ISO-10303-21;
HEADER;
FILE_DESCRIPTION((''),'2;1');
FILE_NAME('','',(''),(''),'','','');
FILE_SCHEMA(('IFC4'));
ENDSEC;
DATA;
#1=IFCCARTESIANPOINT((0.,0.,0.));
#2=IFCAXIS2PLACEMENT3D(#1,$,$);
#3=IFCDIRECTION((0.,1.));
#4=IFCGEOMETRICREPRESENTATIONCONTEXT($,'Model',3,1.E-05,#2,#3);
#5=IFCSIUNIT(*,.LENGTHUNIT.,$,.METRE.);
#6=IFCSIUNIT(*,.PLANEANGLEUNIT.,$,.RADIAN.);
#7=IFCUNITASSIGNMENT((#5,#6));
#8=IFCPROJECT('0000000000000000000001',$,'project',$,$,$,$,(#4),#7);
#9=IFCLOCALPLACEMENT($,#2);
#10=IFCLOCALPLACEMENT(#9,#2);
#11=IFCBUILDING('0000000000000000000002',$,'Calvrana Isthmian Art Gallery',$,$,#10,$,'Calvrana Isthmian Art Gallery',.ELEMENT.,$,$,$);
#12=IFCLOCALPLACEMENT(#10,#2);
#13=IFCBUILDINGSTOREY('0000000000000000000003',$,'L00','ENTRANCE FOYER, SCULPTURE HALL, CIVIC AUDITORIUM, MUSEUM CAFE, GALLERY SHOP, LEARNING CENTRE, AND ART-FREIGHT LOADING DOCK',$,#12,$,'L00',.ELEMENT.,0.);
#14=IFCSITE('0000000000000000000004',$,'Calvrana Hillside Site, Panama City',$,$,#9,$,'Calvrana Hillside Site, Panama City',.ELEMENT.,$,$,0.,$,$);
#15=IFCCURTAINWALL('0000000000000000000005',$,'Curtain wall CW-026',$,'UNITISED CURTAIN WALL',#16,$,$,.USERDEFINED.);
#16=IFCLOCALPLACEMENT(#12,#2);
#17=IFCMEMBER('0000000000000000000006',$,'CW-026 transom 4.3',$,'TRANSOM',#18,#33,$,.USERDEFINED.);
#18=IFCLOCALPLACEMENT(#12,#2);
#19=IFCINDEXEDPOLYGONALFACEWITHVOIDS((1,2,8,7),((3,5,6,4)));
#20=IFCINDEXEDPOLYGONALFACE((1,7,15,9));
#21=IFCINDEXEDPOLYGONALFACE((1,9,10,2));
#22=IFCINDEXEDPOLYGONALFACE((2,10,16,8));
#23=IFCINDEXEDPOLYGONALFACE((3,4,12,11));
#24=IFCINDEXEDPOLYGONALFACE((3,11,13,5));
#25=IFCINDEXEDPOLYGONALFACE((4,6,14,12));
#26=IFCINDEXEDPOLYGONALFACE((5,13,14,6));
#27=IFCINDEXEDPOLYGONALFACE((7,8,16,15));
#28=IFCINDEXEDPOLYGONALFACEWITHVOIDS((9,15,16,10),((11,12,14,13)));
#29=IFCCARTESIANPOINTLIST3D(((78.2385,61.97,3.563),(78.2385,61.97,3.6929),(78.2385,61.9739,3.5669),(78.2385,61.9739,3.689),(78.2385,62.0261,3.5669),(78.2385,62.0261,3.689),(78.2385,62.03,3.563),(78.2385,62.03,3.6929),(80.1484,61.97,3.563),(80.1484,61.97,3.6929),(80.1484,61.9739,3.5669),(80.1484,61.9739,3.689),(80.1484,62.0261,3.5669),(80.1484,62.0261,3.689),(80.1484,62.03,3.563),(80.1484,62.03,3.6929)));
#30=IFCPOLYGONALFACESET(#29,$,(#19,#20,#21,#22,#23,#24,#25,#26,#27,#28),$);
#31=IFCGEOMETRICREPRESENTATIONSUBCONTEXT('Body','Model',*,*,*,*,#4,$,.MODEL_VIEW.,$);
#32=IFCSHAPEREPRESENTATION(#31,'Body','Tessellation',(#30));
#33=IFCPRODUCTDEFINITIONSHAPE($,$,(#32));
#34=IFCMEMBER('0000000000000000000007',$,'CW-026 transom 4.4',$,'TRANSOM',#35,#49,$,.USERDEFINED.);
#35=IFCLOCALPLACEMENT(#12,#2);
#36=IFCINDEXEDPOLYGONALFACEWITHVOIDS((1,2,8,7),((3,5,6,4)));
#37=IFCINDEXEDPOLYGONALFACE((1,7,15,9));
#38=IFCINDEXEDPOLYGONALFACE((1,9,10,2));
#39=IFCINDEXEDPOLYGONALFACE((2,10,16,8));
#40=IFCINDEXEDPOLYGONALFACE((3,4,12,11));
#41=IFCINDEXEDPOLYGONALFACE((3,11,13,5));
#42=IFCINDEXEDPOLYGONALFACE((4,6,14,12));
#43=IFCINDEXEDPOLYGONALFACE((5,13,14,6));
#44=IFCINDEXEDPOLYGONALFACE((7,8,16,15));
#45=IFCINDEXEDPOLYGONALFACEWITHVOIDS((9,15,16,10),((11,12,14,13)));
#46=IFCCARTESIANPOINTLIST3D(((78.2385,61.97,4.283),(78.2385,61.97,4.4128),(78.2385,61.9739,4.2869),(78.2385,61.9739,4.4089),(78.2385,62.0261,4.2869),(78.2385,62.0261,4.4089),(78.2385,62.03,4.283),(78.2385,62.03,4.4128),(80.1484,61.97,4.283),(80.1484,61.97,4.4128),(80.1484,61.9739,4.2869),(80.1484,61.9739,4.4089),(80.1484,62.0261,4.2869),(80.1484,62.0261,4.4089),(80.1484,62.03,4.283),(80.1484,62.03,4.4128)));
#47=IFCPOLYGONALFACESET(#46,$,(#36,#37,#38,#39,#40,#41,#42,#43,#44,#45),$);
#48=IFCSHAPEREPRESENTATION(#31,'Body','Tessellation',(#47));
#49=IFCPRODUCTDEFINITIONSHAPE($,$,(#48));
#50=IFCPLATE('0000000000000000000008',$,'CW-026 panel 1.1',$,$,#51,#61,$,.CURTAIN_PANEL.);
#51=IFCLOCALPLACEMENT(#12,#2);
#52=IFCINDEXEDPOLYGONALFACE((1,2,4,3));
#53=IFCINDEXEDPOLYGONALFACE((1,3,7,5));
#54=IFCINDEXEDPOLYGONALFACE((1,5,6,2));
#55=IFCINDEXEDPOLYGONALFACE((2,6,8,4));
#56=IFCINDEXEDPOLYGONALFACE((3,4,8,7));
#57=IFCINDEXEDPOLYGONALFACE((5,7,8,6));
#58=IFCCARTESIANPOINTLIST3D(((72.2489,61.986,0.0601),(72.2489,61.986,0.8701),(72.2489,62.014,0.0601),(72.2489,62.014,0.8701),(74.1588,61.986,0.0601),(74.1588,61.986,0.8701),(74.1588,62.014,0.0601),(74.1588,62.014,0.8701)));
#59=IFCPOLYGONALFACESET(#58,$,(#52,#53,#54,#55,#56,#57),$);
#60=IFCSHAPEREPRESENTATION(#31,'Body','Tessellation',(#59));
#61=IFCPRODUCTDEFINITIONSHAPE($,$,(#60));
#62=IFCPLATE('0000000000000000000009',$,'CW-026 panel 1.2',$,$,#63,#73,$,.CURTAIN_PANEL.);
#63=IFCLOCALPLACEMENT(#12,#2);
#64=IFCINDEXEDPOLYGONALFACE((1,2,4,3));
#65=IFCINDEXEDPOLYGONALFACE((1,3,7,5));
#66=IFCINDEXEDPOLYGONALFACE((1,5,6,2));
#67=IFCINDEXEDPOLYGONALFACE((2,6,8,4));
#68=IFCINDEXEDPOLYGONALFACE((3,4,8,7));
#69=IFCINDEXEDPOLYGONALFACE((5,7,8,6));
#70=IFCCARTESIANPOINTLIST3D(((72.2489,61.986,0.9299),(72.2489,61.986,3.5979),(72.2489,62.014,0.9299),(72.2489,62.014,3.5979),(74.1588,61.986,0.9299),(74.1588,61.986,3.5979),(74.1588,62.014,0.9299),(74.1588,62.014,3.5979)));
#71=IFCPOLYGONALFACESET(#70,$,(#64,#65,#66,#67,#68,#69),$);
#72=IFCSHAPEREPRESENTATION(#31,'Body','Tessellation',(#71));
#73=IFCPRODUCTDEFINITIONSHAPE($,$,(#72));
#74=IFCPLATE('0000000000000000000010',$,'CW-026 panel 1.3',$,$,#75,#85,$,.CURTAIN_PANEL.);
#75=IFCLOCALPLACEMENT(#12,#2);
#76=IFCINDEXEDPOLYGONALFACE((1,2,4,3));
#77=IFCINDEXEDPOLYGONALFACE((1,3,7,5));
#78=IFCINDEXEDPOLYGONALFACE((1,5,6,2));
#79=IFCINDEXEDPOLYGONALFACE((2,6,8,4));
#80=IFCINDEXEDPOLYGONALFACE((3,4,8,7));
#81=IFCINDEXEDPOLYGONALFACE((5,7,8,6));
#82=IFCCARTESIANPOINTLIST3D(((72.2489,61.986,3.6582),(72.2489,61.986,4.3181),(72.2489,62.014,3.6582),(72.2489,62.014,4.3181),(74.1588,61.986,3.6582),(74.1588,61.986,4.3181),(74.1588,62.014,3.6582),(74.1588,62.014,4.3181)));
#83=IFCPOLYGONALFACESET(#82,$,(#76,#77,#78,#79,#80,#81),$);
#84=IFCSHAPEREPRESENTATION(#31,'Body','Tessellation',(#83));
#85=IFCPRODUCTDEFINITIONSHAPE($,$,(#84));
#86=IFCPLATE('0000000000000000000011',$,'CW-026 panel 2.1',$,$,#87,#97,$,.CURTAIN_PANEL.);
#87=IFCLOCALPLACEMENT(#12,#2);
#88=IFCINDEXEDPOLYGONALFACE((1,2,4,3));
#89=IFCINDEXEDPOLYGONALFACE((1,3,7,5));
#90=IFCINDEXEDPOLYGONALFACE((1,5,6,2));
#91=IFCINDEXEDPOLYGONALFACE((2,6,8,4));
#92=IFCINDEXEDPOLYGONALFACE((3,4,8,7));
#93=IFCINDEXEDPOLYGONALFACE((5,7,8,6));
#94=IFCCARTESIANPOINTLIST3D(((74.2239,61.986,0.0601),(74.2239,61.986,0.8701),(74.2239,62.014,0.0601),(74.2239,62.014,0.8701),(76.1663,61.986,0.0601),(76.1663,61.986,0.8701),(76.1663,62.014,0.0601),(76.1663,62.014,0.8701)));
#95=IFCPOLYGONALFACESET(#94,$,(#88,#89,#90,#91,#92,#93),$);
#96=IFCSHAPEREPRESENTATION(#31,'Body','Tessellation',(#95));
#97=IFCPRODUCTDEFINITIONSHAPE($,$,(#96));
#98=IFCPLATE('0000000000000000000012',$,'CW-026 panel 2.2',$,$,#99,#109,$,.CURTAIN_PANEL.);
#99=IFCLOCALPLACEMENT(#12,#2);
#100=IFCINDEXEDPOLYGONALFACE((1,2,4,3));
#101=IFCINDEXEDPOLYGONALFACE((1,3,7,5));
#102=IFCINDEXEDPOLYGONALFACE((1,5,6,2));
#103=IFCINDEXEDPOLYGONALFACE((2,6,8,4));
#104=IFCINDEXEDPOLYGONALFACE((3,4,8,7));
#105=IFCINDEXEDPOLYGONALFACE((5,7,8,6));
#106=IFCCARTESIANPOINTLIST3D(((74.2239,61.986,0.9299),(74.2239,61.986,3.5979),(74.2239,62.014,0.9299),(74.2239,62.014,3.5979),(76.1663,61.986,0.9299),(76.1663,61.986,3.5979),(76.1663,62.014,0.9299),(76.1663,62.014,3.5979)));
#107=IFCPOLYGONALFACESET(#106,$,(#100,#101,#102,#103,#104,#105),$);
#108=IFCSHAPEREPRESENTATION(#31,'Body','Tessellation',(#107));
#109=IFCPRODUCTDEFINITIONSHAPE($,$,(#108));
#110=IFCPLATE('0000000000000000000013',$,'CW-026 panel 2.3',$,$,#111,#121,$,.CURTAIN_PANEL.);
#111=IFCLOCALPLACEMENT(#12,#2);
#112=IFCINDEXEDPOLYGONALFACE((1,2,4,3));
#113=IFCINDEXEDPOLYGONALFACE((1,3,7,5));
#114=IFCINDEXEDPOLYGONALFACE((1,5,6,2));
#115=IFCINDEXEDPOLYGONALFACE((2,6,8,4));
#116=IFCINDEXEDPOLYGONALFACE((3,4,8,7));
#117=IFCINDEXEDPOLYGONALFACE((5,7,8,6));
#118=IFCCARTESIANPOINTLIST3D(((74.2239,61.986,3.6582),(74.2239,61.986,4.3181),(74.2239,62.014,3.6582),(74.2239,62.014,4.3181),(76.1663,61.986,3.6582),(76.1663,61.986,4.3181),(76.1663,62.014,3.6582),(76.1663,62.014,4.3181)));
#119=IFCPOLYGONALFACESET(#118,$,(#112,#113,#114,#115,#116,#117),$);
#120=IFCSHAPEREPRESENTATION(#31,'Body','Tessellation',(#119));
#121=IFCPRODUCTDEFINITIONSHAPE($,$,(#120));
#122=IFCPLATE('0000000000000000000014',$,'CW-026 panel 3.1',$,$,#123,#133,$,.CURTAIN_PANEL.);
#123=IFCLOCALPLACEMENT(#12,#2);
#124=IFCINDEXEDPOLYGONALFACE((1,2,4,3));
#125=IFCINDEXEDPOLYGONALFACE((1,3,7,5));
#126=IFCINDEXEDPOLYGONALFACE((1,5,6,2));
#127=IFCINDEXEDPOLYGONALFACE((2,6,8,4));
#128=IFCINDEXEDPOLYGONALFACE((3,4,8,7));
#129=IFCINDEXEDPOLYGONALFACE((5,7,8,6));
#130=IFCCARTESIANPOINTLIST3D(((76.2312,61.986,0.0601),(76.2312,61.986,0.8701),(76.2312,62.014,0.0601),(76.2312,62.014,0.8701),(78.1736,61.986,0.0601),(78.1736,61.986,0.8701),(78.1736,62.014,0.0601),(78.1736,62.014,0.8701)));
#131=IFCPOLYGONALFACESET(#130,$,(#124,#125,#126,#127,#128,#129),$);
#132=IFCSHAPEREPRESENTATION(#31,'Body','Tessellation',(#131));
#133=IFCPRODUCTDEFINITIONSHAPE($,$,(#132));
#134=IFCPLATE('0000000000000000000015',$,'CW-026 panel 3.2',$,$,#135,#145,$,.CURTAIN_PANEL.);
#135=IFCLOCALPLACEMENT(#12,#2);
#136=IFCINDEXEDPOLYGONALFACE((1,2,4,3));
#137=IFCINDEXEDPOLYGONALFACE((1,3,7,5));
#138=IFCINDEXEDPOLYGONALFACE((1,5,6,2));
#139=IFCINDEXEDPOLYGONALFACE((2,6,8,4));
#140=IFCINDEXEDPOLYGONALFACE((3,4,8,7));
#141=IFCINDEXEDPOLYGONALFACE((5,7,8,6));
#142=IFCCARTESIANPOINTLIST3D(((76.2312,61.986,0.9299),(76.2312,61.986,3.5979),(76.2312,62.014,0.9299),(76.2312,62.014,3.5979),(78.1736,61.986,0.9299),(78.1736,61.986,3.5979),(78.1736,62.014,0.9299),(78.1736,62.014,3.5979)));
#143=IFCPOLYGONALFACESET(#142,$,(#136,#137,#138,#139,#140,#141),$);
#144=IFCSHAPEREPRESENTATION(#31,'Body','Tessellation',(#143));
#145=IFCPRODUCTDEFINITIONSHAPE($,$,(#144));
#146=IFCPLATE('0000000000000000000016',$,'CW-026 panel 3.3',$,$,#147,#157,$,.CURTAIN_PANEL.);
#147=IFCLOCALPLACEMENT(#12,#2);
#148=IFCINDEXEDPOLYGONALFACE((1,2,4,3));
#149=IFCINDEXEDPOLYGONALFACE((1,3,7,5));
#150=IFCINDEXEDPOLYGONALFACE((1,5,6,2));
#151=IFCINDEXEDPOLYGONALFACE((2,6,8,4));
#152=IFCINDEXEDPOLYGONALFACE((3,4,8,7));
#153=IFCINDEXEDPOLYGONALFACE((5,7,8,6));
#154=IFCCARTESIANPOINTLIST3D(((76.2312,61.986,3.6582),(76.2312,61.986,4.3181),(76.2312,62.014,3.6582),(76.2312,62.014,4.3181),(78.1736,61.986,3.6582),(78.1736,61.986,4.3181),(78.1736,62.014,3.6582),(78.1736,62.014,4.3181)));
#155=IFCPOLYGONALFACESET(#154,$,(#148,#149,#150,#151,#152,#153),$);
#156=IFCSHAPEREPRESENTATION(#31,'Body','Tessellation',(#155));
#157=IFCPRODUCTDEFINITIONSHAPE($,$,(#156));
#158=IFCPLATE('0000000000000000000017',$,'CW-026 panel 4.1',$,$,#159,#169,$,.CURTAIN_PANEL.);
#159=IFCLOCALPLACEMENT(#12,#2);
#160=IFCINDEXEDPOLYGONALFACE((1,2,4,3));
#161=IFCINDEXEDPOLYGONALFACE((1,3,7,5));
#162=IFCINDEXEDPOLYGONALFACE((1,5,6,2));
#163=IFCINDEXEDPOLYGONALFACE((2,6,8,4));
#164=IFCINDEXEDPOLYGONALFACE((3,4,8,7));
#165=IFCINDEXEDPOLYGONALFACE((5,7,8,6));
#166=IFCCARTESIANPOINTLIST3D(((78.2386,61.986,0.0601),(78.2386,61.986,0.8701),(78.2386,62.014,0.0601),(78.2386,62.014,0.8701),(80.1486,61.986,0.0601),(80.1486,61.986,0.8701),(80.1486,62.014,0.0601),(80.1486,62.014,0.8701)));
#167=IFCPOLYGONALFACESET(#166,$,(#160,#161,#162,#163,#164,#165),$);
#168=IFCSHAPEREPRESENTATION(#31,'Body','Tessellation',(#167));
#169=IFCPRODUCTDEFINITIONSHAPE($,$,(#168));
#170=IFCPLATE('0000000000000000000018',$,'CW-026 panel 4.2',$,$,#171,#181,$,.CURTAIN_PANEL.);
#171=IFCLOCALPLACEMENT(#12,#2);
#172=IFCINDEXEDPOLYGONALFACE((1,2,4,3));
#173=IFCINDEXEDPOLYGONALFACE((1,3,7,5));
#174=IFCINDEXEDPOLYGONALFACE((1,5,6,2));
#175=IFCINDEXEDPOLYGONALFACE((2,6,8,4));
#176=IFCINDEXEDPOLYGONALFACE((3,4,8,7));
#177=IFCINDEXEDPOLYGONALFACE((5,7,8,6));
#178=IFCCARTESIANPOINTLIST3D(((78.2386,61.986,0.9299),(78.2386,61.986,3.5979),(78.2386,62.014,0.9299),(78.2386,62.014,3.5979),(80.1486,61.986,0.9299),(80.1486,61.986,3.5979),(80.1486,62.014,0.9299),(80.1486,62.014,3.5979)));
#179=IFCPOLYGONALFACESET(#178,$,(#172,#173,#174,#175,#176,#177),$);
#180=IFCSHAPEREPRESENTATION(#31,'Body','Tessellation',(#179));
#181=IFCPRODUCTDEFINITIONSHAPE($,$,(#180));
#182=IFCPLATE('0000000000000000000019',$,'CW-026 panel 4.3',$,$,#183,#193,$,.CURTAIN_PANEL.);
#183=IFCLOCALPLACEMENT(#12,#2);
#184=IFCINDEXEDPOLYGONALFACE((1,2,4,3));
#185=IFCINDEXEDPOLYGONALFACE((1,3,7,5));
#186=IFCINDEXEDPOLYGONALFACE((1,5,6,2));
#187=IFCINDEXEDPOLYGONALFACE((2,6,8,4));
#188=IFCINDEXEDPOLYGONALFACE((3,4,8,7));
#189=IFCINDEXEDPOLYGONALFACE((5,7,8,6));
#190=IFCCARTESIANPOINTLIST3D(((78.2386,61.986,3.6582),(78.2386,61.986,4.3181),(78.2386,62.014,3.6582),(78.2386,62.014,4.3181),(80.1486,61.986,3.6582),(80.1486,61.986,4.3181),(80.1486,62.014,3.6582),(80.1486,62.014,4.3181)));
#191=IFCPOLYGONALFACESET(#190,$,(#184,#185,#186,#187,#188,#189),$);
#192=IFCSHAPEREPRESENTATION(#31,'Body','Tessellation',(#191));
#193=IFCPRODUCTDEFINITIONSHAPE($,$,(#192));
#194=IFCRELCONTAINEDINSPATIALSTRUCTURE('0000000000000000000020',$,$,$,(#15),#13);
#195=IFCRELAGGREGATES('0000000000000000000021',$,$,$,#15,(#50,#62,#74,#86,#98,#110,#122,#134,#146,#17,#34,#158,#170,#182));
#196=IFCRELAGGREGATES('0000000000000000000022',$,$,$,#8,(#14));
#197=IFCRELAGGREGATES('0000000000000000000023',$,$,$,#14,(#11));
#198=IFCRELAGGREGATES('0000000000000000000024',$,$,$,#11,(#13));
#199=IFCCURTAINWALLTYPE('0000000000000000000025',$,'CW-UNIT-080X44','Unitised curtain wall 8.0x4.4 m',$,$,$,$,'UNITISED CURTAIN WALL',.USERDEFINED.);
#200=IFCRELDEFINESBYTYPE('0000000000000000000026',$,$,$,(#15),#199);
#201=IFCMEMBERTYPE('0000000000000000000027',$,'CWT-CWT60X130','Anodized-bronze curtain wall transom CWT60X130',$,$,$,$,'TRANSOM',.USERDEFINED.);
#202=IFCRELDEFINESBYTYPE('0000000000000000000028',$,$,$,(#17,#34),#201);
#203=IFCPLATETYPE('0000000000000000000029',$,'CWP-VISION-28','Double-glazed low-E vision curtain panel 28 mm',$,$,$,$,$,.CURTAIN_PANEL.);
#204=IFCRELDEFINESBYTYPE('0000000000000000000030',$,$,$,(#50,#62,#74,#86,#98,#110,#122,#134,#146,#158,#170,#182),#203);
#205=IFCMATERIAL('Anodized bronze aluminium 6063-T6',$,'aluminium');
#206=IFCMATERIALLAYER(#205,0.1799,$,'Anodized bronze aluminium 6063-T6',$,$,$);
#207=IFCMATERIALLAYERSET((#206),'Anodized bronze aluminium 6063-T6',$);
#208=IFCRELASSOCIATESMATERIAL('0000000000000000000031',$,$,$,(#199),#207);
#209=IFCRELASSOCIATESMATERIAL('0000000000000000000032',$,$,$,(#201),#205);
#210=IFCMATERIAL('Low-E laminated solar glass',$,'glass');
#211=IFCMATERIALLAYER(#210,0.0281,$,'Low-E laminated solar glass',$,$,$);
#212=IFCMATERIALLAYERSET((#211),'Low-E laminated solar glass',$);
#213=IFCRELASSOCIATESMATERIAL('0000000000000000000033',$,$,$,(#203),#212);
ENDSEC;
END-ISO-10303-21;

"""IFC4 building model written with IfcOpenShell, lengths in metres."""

from ifc_helpers import new_model, si_unit, direction, frame, origin, origin_2d, place, context, subcontext, project, spatial, rectangle, hollow_rectangle, extrude, material, layer, layer_set, material_profile, profile_set, type_object, element, aggregate, save


model = new_model("IFC4")

# Units and contexts
model_context = context("Model", 3, precision=1e-05, world=origin(), true_north=direction((0.0, 1.0)))
body_context = subcontext(model_context, "Body", "Model", "MODEL_VIEW")
ifc_project = project(units=[si_unit("LENGTHUNIT", "METRE"), si_unit("PLANEANGLEUNIT", "RADIAN")], contexts=[model_context])

# Site, building, storey
site_placement = place(None, origin())
site = spatial("IfcSite", under=ifc_project, at=site_placement, Name="Calvrana Hillside Site, Panama City", LongName="Calvrana Hillside Site, Panama City", CompositionType="ELEMENT", RefElevation=0.0)
building_placement = place(site_placement, origin())
building = spatial("IfcBuilding", under=site, at=building_placement, Name="Calvrana Isthmian Art Gallery", LongName="Calvrana Isthmian Art Gallery", CompositionType="ELEMENT")
storey_placement = place(building_placement, origin())
storey = spatial("IfcBuildingStorey", under=building, at=storey_placement, Name="L00", Description="ENTRANCE FOYER, SCULPTURE HALL, CIVIC AUDITORIUM, MUSEUM CAFE, GALLERY SHOP, LEARNING CENTRE, AND ART-FREIGHT LOADING DOCK", LongName="L00", CompositionType="ELEMENT", Elevation=0.0)

# Curtain wall, members, plates
ifc_material_1 = material(Name="Anodized bronze aluminium 6063-T6", Category="aluminium")
ifc_layer_1 = layer(ifc_material_1, 0.1799, Name="Anodized bronze aluminium 6063-T6")
ifc_layer_set_1 = layer_set([ifc_layer_1], Name="Anodized bronze aluminium 6063-T6")
curtain_wall_type = type_object("IfcCurtainWallType", Name="CW-UNIT-080X44", Description="Unitised curtain wall 8.0x4.4 m", ElementType="UNITISED CURTAIN WALL", PredefinedType="USERDEFINED", material=ifc_layer_set_1)
curtain_wall_placement = place(storey_placement, origin())
curtain_wall = element("IfcCurtainWall", 1, at=curtain_wall_placement, inside=storey, type_object=curtain_wall_type, Name="Curtain wall CW-026", ObjectType="UNITISED CURTAIN WALL", PredefinedType="USERDEFINED")
ifc_material_profile_1 = material_profile(ifc_material_1, hollow_rectangle(XDim=0.0601, YDim=0.1299, WallThickness=0.0039, at=origin_2d()), Name="CWT60X130")
ifc_profile_set_1 = profile_set([ifc_material_profile_1], Name="Anodized bronze aluminium 6063-T6")
member_type_1 = type_object("IfcMemberType", Name="CWT-CWT60X130", Description="Anodized-bronze curtain wall transom CWT60X130", ElementType="TRANSOM", PredefinedType="USERDEFINED", material=ifc_profile_set_1)
member_1_placement = place(storey_placement, frame((78.2385, 62.0, 3.6279), z_axis=(1.0, 0.0, 0.0), x_axis=(0.0, 1.0, 0.0)))
member_1 = element("IfcMember", 2, at=member_1_placement, type_object=member_type_1, Name="CW-026 transom 4.3", ObjectType="TRANSOM", PredefinedType="USERDEFINED", context=body_context, shape_type="SweptSolid", body=[
    extrude(hollow_rectangle(XDim=0.0601, YDim=0.1299, WallThickness=0.0039, at=origin_2d()), origin(), (0.0, 0.0, 1.0), 1.9099),
])
member_2_placement = place(storey_placement, frame((78.2385, 62.0, 4.3479), z_axis=(1.0, 0.0, 0.0), x_axis=(0.0, 1.0, 0.0)))
member_2 = element("IfcMember", 3, at=member_2_placement, type_object=member_type_1, Name="CW-026 transom 4.4", ObjectType="TRANSOM", PredefinedType="USERDEFINED", context=body_context, shape_type="SweptSolid", body=[
    extrude(hollow_rectangle(XDim=0.0601, YDim=0.1299, WallThickness=0.0039, at=origin_2d()), origin(), (0.0, 0.0, 1.0), 1.9099),
])
ifc_material_2 = material(Name="Low-E laminated solar glass", Category="glass")
ifc_layer_2 = layer(ifc_material_2, 0.0281, Name="Low-E laminated solar glass")
ifc_layer_set_2 = layer_set([ifc_layer_2], Name="Low-E laminated solar glass")
plate_type_1 = type_object("IfcPlateType", Name="CWP-VISION-28", Description="Double-glazed low-E vision curtain panel 28 mm", PredefinedType="CURTAIN_PANEL", material=ifc_layer_set_2)
plate_1_placement = place(storey_placement, frame((73.2039, 62.0, 0.0601), z_axis=(0.0, 0.0, 1.0), x_axis=(1.0, 0.0, 0.0)))
plate_1 = element("IfcPlate", 4, at=plate_1_placement, type_object=plate_type_1, Name="CW-026 panel 1.1", PredefinedType="CURTAIN_PANEL", context=body_context, shape_type="SweptSolid", body=[
    extrude(rectangle(XDim=1.9099, YDim=0.0281, at=origin_2d()), origin(), (0.0, 0.0, 1.0), 0.8101),
])
plate_2_placement = place(storey_placement, frame((73.2039, 62.0, 0.9299), z_axis=(0.0, 0.0, 1.0), x_axis=(1.0, 0.0, 0.0)))
plate_2 = element("IfcPlate", 5, at=plate_2_placement, type_object=plate_type_1, Name="CW-026 panel 1.2", PredefinedType="CURTAIN_PANEL", context=body_context, shape_type="SweptSolid", body=[
    extrude(rectangle(XDim=1.9099, YDim=0.0281, at=origin_2d()), origin(), (0.0, 0.0, 1.0), 2.668),
])
plate_3_placement = place(storey_placement, frame((73.2039, 62.0, 3.6582), z_axis=(0.0, 0.0, 1.0), x_axis=(1.0, 0.0, 0.0)))
plate_3 = element("IfcPlate", 6, at=plate_3_placement, type_object=plate_type_1, Name="CW-026 panel 1.3", PredefinedType="CURTAIN_PANEL", context=body_context, shape_type="SweptSolid", body=[
    extrude(rectangle(XDim=1.9099, YDim=0.0281, at=origin_2d()), origin(), (0.0, 0.0, 1.0), 0.6599),
])
plate_4_placement = place(storey_placement, frame((75.1951, 62.0, 0.0601), z_axis=(0.0, 0.0, 1.0), x_axis=(1.0, 0.0, 0.0)))
plate_4 = element("IfcPlate", 7, at=plate_4_placement, type_object=plate_type_1, Name="CW-026 panel 2.1", PredefinedType="CURTAIN_PANEL", context=body_context, shape_type="SweptSolid", body=[
    extrude(rectangle(XDim=1.9424, YDim=0.0281, at=origin_2d()), origin(), (0.0, 0.0, 1.0), 0.8101),
])
plate_5_placement = place(storey_placement, frame((75.1951, 62.0, 0.9299), z_axis=(0.0, 0.0, 1.0), x_axis=(1.0, 0.0, 0.0)))
plate_5 = element("IfcPlate", 8, at=plate_5_placement, type_object=plate_type_1, Name="CW-026 panel 2.2", PredefinedType="CURTAIN_PANEL", context=body_context, shape_type="SweptSolid", body=[
    extrude(rectangle(XDim=1.9424, YDim=0.0281, at=origin_2d()), origin(), (0.0, 0.0, 1.0), 2.668),
])
plate_6_placement = place(storey_placement, frame((75.1951, 62.0, 3.6582), z_axis=(0.0, 0.0, 1.0), x_axis=(1.0, 0.0, 0.0)))
plate_6 = element("IfcPlate", 9, at=plate_6_placement, type_object=plate_type_1, Name="CW-026 panel 2.3", PredefinedType="CURTAIN_PANEL", context=body_context, shape_type="SweptSolid", body=[
    extrude(rectangle(XDim=1.9424, YDim=0.0281, at=origin_2d()), origin(), (0.0, 0.0, 1.0), 0.6599),
])
plate_7_placement = place(storey_placement, frame((77.2024, 62.0, 0.0601), z_axis=(0.0, 0.0, 1.0), x_axis=(1.0, 0.0, 0.0)))
plate_7 = element("IfcPlate", 10, at=plate_7_placement, type_object=plate_type_1, Name="CW-026 panel 3.1", PredefinedType="CURTAIN_PANEL", context=body_context, shape_type="SweptSolid", body=[
    extrude(rectangle(XDim=1.9424, YDim=0.0281, at=origin_2d()), origin(), (0.0, 0.0, 1.0), 0.8101),
])
plate_8_placement = place(storey_placement, frame((77.2024, 62.0, 0.9299), z_axis=(0.0, 0.0, 1.0), x_axis=(1.0, 0.0, 0.0)))
plate_8 = element("IfcPlate", 11, at=plate_8_placement, type_object=plate_type_1, Name="CW-026 panel 3.2", PredefinedType="CURTAIN_PANEL", context=body_context, shape_type="SweptSolid", body=[
    extrude(rectangle(XDim=1.9424, YDim=0.0281, at=origin_2d()), origin(), (0.0, 0.0, 1.0), 2.668),
])
plate_9_placement = place(storey_placement, frame((77.2024, 62.0, 3.6582), z_axis=(0.0, 0.0, 1.0), x_axis=(1.0, 0.0, 0.0)))
plate_9 = element("IfcPlate", 12, at=plate_9_placement, type_object=plate_type_1, Name="CW-026 panel 3.3", PredefinedType="CURTAIN_PANEL", context=body_context, shape_type="SweptSolid", body=[
    extrude(rectangle(XDim=1.9424, YDim=0.0281, at=origin_2d()), origin(), (0.0, 0.0, 1.0), 0.6599),
])
plate_10_placement = place(storey_placement, frame((79.1936, 62.0, 0.0601), z_axis=(0.0, 0.0, 1.0), x_axis=(1.0, 0.0, 0.0)))
plate_10 = element("IfcPlate", 13, at=plate_10_placement, type_object=plate_type_1, Name="CW-026 panel 4.1", PredefinedType="CURTAIN_PANEL", context=body_context, shape_type="SweptSolid", body=[
    extrude(rectangle(XDim=1.9099, YDim=0.0281, at=origin_2d()), origin(), (0.0, 0.0, 1.0), 0.8101),
])
plate_11_placement = place(storey_placement, frame((79.1936, 62.0, 0.9299), z_axis=(0.0, 0.0, 1.0), x_axis=(1.0, 0.0, 0.0)))
plate_11 = element("IfcPlate", 14, at=plate_11_placement, type_object=plate_type_1, Name="CW-026 panel 4.2", PredefinedType="CURTAIN_PANEL", context=body_context, shape_type="SweptSolid", body=[
    extrude(rectangle(XDim=1.9099, YDim=0.0281, at=origin_2d()), origin(), (0.0, 0.0, 1.0), 2.668),
])
plate_12_placement = place(storey_placement, frame((79.1936, 62.0, 3.6582), z_axis=(0.0, 0.0, 1.0), x_axis=(1.0, 0.0, 0.0)))
plate_12 = element("IfcPlate", 15, at=plate_12_placement, type_object=plate_type_1, Name="CW-026 panel 4.3", PredefinedType="CURTAIN_PANEL", context=body_context, shape_type="SweptSolid", body=[
    extrude(rectangle(XDim=1.9099, YDim=0.0281, at=origin_2d()), origin(), (0.0, 0.0, 1.0), 0.6599),
])
aggregate(curtain_wall, [plate_1, plate_2, plate_3, plate_4, plate_5, plate_6, plate_7, plate_8, plate_9, member_1, member_2, plate_10, plate_11, plate_12])

save(model, "model.ifc")
